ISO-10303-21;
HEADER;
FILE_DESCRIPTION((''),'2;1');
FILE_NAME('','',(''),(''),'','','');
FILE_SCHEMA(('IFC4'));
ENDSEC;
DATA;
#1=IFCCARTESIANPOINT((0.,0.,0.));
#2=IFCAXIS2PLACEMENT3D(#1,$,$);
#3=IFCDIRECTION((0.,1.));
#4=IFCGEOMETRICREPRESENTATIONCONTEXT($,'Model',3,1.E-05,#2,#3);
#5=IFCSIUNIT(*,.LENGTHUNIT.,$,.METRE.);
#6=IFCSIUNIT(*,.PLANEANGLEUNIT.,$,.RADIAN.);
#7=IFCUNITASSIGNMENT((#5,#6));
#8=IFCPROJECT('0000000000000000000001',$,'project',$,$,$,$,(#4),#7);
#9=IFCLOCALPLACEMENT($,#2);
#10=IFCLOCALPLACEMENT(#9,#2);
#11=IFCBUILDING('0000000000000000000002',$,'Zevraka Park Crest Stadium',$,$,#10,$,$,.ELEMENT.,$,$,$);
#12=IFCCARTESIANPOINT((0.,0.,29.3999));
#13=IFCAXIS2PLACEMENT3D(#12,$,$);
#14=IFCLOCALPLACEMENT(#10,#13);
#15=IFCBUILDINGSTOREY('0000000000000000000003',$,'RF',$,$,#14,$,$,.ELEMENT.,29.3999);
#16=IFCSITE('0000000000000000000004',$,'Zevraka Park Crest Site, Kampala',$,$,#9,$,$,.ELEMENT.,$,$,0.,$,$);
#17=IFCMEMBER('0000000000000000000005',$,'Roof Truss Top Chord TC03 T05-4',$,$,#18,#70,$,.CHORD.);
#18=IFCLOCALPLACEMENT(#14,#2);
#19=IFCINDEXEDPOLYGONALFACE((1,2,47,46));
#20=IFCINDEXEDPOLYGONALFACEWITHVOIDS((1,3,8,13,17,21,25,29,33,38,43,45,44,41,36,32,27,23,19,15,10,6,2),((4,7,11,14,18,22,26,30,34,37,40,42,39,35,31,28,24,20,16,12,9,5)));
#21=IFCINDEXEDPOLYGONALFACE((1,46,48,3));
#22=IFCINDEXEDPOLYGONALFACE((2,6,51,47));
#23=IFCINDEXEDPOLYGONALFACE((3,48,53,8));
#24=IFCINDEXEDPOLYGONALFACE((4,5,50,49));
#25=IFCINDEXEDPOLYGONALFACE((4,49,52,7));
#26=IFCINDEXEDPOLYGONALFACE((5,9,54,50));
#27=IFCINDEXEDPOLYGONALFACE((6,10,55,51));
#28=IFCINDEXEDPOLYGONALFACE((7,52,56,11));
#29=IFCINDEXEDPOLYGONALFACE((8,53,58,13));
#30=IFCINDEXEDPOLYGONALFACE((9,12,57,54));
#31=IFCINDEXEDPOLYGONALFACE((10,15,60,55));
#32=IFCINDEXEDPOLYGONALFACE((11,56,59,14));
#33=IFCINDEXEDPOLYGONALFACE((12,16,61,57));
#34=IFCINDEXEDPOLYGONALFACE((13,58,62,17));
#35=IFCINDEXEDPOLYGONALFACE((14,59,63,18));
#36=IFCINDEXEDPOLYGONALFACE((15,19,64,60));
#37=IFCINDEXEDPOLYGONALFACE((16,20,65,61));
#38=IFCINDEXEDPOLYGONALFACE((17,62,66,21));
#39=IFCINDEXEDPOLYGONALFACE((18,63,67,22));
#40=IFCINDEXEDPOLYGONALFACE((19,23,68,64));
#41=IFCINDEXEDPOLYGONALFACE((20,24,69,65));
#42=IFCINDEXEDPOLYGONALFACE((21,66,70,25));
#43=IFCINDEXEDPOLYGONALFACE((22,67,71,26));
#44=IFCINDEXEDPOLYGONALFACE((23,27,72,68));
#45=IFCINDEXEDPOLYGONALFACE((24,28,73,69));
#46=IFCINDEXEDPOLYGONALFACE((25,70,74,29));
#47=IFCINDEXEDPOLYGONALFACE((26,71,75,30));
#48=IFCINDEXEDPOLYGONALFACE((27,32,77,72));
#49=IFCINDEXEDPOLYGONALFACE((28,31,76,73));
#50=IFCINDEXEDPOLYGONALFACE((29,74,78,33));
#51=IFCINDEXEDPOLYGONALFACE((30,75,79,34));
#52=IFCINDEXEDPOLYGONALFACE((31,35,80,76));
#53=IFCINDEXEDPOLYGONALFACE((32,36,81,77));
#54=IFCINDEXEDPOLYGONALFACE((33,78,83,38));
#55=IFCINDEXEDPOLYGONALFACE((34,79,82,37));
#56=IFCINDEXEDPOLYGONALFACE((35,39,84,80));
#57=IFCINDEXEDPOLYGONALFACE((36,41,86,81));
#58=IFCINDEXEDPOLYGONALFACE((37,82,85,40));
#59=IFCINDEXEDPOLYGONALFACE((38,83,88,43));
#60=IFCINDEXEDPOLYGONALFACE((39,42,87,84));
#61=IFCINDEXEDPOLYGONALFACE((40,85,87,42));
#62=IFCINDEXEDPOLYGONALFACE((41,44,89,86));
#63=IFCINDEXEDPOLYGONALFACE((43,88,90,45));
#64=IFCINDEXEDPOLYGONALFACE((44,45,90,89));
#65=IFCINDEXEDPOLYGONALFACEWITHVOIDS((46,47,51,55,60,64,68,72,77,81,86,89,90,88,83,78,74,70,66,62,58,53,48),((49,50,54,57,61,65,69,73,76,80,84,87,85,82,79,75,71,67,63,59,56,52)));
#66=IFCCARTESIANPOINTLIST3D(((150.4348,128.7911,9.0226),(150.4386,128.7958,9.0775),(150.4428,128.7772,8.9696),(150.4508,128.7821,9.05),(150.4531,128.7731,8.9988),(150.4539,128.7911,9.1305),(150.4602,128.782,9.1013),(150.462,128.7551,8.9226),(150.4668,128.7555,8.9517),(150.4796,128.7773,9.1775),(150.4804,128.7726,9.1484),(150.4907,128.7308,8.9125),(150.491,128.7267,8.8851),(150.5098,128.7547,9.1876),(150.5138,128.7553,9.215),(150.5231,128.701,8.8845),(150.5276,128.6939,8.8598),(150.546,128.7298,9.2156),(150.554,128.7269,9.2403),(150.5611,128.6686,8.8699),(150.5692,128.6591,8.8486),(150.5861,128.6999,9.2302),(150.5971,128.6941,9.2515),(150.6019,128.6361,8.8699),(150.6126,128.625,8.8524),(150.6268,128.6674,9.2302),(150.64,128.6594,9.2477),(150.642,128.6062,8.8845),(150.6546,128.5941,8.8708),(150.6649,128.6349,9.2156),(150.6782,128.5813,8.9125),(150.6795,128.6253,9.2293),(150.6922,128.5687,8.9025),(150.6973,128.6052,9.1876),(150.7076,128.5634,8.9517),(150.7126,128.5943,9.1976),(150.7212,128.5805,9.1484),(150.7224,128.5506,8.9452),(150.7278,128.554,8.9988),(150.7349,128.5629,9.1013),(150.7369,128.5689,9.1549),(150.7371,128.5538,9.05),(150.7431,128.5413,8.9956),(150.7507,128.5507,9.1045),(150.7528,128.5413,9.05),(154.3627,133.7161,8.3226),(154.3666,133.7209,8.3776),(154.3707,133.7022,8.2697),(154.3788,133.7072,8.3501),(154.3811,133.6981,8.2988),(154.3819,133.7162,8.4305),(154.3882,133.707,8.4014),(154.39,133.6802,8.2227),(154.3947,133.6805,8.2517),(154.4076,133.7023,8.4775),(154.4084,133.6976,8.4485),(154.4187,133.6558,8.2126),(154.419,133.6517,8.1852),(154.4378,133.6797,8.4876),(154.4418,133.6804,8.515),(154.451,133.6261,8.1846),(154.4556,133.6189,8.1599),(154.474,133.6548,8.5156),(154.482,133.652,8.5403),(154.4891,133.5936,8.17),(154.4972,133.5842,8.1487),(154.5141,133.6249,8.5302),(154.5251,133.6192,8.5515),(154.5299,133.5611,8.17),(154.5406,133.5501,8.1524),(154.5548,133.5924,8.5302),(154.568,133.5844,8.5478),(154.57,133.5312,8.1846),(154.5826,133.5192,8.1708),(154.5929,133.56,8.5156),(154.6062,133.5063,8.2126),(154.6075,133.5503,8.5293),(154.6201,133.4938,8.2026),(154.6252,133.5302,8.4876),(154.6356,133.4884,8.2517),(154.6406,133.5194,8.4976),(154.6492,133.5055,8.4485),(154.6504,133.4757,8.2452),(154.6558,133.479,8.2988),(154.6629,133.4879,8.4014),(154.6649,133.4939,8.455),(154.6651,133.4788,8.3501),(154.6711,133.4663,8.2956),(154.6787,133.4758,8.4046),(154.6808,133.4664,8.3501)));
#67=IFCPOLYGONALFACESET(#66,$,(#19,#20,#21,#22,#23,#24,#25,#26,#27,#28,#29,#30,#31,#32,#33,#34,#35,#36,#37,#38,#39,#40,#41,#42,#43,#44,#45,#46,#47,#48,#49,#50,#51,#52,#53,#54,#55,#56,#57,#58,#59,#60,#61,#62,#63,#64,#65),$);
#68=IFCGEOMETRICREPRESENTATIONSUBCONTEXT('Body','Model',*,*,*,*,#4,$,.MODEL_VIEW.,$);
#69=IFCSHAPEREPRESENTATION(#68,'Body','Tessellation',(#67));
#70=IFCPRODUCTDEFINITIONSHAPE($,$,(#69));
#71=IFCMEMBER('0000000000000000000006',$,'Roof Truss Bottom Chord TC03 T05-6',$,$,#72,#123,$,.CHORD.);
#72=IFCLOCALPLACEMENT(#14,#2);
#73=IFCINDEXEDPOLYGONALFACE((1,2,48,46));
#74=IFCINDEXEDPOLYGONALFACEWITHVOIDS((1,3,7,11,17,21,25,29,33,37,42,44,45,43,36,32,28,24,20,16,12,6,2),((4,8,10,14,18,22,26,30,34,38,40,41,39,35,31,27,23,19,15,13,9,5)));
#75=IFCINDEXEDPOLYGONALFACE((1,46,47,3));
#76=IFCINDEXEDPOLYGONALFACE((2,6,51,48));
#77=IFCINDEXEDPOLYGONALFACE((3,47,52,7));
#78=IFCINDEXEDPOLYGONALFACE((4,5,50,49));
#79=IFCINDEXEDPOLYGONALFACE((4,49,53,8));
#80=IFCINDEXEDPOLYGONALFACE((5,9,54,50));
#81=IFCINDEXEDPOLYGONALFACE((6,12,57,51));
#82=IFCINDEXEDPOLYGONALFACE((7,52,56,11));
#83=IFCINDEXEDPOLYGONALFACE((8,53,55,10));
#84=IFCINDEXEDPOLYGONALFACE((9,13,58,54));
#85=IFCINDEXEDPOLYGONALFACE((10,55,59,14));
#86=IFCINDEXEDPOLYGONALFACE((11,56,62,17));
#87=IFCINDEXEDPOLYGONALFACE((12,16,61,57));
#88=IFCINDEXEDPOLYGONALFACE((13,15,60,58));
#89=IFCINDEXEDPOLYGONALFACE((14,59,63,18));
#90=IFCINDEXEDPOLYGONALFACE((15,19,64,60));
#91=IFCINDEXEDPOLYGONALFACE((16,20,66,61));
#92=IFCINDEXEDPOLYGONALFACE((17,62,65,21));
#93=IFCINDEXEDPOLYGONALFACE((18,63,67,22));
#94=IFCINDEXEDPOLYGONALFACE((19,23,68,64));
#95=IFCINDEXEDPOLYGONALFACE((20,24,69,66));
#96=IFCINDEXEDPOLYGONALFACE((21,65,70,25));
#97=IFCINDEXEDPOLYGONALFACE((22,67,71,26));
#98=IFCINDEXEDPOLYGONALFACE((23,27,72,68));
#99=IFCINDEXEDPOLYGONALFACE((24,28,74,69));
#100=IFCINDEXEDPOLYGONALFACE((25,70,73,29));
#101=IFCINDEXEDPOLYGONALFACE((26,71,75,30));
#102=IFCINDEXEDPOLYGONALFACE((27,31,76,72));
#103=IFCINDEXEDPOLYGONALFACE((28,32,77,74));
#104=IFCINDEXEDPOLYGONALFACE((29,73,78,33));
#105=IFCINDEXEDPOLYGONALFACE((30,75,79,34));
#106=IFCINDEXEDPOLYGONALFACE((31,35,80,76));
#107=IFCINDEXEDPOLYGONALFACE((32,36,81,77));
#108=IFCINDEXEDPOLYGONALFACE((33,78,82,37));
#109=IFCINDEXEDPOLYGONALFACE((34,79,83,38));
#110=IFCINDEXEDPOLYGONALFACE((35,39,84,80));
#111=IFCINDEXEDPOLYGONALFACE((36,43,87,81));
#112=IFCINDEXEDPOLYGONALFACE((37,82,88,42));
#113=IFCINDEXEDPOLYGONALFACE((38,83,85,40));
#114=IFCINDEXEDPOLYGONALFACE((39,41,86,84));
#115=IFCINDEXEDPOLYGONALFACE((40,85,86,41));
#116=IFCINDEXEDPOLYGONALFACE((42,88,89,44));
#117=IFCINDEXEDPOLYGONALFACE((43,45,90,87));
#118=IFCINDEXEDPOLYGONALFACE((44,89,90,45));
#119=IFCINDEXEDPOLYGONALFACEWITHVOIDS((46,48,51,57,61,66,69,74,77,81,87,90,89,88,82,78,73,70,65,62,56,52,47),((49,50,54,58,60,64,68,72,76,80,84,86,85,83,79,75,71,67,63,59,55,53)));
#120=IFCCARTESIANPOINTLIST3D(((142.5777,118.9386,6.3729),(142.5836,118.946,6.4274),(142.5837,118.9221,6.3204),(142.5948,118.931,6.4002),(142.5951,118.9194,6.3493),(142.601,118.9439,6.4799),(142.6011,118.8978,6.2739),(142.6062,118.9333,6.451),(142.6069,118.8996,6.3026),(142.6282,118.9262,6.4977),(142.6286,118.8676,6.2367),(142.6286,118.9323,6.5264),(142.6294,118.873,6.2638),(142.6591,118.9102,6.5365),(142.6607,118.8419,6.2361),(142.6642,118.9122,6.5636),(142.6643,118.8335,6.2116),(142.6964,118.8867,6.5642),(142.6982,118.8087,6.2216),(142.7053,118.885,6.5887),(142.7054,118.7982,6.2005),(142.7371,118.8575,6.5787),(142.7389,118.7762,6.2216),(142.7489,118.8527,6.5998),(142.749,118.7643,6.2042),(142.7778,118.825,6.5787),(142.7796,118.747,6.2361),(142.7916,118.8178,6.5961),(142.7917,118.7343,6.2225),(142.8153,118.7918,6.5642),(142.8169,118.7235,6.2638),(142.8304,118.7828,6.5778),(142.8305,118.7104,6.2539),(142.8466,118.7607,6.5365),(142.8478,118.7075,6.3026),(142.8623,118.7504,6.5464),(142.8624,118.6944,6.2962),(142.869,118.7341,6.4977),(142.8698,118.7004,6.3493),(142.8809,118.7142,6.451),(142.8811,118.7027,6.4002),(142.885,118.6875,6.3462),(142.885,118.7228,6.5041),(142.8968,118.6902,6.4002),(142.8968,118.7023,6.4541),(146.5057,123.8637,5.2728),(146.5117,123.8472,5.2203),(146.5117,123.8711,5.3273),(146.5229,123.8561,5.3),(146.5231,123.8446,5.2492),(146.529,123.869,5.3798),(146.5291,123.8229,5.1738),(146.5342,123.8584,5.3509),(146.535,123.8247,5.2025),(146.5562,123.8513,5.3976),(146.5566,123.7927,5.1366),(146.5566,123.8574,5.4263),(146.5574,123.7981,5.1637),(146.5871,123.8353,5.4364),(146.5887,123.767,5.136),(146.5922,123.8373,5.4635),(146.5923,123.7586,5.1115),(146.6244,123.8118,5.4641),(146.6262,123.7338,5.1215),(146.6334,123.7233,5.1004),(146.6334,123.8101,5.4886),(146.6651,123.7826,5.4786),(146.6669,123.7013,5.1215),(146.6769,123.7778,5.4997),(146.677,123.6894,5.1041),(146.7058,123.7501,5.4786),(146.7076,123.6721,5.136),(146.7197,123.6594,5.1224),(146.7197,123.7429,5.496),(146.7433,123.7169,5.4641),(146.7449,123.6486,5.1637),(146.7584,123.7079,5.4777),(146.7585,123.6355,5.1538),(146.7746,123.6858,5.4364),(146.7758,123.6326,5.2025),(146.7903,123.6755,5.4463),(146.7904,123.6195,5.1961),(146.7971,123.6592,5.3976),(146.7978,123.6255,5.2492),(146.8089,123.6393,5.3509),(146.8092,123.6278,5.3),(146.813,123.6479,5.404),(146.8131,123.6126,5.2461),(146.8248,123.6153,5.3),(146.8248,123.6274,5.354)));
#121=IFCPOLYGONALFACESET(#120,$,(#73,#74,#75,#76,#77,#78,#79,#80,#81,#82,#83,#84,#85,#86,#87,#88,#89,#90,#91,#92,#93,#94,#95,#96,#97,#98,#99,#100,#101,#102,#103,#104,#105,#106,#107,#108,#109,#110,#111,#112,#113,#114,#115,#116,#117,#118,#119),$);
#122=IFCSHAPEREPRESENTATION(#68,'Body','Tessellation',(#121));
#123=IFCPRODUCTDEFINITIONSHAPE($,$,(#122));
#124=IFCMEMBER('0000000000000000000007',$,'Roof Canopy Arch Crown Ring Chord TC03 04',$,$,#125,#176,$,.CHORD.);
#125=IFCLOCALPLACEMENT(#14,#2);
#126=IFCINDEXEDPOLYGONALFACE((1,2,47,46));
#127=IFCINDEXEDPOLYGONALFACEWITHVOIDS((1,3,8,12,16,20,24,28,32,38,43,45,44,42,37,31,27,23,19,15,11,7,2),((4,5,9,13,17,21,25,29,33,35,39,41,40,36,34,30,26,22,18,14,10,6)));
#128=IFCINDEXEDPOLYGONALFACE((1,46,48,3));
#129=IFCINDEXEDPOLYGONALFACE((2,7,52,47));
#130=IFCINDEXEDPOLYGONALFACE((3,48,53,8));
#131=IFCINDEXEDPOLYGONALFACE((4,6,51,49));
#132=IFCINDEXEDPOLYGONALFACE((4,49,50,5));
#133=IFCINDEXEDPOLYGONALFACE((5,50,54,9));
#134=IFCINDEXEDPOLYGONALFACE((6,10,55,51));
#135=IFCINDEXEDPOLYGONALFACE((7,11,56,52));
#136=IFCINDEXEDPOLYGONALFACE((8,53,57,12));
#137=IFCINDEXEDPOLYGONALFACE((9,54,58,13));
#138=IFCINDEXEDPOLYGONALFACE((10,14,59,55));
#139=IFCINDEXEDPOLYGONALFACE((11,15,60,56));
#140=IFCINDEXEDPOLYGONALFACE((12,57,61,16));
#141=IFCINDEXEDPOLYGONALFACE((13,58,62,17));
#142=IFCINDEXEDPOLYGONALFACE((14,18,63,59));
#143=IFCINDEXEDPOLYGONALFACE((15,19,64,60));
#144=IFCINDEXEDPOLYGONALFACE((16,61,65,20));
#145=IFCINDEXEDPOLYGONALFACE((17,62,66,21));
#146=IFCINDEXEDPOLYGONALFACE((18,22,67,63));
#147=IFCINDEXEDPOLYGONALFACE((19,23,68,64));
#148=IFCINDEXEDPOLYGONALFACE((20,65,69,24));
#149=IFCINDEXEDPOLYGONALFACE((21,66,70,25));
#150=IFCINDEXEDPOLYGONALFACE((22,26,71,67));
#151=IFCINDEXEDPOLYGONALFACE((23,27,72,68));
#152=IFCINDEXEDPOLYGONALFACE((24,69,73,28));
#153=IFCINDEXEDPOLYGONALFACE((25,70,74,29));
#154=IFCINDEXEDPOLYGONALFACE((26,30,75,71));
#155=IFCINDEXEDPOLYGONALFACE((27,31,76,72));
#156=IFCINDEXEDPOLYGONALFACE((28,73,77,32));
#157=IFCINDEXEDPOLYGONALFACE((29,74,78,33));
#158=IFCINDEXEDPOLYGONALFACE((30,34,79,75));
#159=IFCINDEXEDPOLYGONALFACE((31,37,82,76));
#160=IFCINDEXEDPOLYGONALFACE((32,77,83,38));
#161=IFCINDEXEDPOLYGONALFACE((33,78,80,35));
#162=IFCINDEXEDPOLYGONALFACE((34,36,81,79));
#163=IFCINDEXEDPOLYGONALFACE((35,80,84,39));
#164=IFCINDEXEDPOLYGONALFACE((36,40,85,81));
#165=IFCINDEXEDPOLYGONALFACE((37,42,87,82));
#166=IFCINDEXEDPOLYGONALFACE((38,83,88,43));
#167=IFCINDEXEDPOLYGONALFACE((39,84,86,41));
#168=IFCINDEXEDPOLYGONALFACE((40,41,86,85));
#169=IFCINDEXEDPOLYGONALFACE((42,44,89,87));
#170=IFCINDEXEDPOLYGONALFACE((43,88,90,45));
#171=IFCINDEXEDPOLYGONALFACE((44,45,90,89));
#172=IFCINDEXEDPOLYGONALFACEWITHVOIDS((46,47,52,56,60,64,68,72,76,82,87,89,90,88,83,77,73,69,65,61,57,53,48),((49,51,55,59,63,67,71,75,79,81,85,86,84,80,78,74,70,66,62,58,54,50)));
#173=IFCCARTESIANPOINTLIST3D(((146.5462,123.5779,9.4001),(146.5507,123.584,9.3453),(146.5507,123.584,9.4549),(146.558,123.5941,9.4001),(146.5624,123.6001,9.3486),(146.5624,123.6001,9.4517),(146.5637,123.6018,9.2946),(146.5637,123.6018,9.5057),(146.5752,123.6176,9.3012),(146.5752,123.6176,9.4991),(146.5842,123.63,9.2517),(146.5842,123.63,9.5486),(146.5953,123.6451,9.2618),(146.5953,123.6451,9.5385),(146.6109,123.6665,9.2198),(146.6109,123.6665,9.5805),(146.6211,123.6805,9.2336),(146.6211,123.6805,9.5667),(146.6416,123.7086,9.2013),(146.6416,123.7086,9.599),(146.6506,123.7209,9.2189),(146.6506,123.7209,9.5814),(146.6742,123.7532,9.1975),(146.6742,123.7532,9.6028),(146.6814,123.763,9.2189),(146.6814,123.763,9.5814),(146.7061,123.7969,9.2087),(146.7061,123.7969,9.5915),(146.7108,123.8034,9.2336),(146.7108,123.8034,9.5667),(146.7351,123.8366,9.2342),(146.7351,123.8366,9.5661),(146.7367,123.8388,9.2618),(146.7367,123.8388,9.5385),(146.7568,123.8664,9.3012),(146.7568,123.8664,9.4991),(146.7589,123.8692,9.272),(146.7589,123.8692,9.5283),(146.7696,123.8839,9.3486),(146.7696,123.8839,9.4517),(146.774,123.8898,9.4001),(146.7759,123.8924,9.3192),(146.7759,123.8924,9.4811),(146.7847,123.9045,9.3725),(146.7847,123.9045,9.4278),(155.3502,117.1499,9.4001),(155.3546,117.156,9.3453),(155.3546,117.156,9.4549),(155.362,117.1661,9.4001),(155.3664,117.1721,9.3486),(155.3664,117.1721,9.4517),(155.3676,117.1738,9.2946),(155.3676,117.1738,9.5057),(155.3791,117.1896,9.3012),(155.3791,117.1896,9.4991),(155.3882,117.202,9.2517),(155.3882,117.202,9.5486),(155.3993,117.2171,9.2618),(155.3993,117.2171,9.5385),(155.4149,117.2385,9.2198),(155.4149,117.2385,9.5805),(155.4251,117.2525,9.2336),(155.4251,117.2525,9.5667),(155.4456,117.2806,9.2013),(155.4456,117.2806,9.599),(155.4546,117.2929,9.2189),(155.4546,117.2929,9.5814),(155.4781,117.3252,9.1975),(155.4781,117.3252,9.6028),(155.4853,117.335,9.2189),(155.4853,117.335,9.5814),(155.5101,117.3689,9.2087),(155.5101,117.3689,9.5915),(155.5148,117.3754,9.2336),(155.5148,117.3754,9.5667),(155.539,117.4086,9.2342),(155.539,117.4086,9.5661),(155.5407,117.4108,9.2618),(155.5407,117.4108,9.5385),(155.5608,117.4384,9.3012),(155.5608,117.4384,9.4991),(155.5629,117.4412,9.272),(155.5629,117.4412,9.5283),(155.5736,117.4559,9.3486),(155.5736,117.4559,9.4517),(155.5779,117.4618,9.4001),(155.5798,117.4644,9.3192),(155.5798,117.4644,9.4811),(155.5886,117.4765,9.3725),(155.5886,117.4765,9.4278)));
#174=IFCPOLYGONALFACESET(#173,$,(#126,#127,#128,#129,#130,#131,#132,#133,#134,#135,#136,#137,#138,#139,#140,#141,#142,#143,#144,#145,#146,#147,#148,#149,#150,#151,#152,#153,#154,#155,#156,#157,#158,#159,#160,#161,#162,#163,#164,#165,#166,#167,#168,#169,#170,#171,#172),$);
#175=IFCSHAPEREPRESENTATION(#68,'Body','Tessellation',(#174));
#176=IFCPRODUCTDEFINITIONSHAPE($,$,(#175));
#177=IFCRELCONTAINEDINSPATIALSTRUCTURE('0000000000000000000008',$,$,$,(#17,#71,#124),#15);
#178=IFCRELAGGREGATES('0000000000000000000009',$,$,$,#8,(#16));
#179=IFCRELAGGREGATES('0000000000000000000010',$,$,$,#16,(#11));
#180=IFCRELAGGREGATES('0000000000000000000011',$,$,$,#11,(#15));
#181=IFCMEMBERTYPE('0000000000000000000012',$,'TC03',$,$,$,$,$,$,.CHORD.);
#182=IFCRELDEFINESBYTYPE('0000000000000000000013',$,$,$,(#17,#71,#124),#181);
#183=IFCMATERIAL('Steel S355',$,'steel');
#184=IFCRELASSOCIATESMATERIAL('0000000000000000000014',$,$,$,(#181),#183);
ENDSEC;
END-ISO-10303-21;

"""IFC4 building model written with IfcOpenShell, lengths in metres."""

from ifc_helpers import new_model, si_unit, direction, frame, origin, origin_2d, place, context, subcontext, project, spatial, hollow_circle, extrude, material, material_profile, profile_set, type_object, element, save


model = new_model("IFC4")

# Units and contexts
model_context = context("Model", 3, precision=1e-05, world=origin(), true_north=direction((0.0, 1.0)))
body_context = subcontext(model_context, "Body", "Model", "MODEL_VIEW")
ifc_project = project(units=[si_unit("LENGTHUNIT", "METRE"), si_unit("PLANEANGLEUNIT", "RADIAN")], contexts=[model_context])

# Site, building, storey
site_placement = place(None, origin())
site = spatial("IfcSite", under=ifc_project, at=site_placement, Name="Zevraka Park Crest Site, Kampala", CompositionType="ELEMENT", RefElevation=0.0)
building_placement = place(site_placement, origin())
building = spatial("IfcBuilding", under=site, at=building_placement, Name="Zevraka Park Crest Stadium", CompositionType="ELEMENT")
storey_placement = place(building_placement, frame((0.0, 0.0, 29.3999)))
storey = spatial("IfcBuildingStorey", under=building, at=storey_placement, Name="RF", CompositionType="ELEMENT", Elevation=29.3999)

# Members
ifc_material_1 = material(Name="Steel S355", Category="steel")
ifc_material_profile_1 = material_profile(ifc_material_1, hollow_circle(Radius=0.2031, WallThickness=0.02, at=origin_2d()), Name="CHS 406.4x20")
ifc_profile_set_1 = profile_set([ifc_material_profile_1], Name="Steel S355")
member_type_1 = type_object("IfcMemberType", Name="TC03", PredefinedType="CHORD", material=ifc_profile_set_1)
member_1_placement = place(storey_placement, frame((154.522, 133.593, 8.3501), z_axis=(-0.619713, -0.77702, 0.110431), x_axis=(0.781802, -0.623527, 0.0)))
element("IfcMember", 1, at=member_1_placement, inside=storey, type_object=member_type_1, Name="Roof Truss Top Chord TC03 T05-4", PredefinedType="CHORD", context=body_context, shape_type="SweptSolid", body=[
    extrude(hollow_circle(Radius=0.2031, WallThickness=0.02, at=origin_2d()), origin(), (0.0, 0.0, 1.0), 6.3384),
])
member_2_placement = place(storey_placement, frame((146.666, 123.7419, 5.3), z_axis=(-0.614232, -0.770147, 0.172026), x_axis=(0.781802, -0.623527, 0.0)))
element("IfcMember", 2, at=member_2_placement, inside=storey, type_object=member_type_1, Name="Roof Truss Bottom Chord TC03 T05-6", PredefinedType="CHORD", context=body_context, shape_type="SweptSolid", body=[
    extrude(hollow_circle(Radius=0.2031, WallThickness=0.02, at=origin_2d()), origin(), (0.0, 0.0, 1.0), 6.395),
])
member_3_placement = place(storey_placement, frame((155.47, 117.314, 9.4001), z_axis=(-0.807639, 0.589677, 0.0), x_axis=(-0.589677, -0.807639, 0.0)))
element("IfcMember", 3, at=member_3_placement, inside=storey, type_object=member_type_1, Name="Roof Canopy Arch Crown Ring Chord TC03 04", PredefinedType="CHORD", context=body_context, shape_type="SweptSolid", body=[
    extrude(hollow_circle(Radius=0.2031, WallThickness=0.02, at=origin_2d()), origin(), (0.0, 0.0, 1.0), 10.9009),
])

save(model, "model.ifc")
